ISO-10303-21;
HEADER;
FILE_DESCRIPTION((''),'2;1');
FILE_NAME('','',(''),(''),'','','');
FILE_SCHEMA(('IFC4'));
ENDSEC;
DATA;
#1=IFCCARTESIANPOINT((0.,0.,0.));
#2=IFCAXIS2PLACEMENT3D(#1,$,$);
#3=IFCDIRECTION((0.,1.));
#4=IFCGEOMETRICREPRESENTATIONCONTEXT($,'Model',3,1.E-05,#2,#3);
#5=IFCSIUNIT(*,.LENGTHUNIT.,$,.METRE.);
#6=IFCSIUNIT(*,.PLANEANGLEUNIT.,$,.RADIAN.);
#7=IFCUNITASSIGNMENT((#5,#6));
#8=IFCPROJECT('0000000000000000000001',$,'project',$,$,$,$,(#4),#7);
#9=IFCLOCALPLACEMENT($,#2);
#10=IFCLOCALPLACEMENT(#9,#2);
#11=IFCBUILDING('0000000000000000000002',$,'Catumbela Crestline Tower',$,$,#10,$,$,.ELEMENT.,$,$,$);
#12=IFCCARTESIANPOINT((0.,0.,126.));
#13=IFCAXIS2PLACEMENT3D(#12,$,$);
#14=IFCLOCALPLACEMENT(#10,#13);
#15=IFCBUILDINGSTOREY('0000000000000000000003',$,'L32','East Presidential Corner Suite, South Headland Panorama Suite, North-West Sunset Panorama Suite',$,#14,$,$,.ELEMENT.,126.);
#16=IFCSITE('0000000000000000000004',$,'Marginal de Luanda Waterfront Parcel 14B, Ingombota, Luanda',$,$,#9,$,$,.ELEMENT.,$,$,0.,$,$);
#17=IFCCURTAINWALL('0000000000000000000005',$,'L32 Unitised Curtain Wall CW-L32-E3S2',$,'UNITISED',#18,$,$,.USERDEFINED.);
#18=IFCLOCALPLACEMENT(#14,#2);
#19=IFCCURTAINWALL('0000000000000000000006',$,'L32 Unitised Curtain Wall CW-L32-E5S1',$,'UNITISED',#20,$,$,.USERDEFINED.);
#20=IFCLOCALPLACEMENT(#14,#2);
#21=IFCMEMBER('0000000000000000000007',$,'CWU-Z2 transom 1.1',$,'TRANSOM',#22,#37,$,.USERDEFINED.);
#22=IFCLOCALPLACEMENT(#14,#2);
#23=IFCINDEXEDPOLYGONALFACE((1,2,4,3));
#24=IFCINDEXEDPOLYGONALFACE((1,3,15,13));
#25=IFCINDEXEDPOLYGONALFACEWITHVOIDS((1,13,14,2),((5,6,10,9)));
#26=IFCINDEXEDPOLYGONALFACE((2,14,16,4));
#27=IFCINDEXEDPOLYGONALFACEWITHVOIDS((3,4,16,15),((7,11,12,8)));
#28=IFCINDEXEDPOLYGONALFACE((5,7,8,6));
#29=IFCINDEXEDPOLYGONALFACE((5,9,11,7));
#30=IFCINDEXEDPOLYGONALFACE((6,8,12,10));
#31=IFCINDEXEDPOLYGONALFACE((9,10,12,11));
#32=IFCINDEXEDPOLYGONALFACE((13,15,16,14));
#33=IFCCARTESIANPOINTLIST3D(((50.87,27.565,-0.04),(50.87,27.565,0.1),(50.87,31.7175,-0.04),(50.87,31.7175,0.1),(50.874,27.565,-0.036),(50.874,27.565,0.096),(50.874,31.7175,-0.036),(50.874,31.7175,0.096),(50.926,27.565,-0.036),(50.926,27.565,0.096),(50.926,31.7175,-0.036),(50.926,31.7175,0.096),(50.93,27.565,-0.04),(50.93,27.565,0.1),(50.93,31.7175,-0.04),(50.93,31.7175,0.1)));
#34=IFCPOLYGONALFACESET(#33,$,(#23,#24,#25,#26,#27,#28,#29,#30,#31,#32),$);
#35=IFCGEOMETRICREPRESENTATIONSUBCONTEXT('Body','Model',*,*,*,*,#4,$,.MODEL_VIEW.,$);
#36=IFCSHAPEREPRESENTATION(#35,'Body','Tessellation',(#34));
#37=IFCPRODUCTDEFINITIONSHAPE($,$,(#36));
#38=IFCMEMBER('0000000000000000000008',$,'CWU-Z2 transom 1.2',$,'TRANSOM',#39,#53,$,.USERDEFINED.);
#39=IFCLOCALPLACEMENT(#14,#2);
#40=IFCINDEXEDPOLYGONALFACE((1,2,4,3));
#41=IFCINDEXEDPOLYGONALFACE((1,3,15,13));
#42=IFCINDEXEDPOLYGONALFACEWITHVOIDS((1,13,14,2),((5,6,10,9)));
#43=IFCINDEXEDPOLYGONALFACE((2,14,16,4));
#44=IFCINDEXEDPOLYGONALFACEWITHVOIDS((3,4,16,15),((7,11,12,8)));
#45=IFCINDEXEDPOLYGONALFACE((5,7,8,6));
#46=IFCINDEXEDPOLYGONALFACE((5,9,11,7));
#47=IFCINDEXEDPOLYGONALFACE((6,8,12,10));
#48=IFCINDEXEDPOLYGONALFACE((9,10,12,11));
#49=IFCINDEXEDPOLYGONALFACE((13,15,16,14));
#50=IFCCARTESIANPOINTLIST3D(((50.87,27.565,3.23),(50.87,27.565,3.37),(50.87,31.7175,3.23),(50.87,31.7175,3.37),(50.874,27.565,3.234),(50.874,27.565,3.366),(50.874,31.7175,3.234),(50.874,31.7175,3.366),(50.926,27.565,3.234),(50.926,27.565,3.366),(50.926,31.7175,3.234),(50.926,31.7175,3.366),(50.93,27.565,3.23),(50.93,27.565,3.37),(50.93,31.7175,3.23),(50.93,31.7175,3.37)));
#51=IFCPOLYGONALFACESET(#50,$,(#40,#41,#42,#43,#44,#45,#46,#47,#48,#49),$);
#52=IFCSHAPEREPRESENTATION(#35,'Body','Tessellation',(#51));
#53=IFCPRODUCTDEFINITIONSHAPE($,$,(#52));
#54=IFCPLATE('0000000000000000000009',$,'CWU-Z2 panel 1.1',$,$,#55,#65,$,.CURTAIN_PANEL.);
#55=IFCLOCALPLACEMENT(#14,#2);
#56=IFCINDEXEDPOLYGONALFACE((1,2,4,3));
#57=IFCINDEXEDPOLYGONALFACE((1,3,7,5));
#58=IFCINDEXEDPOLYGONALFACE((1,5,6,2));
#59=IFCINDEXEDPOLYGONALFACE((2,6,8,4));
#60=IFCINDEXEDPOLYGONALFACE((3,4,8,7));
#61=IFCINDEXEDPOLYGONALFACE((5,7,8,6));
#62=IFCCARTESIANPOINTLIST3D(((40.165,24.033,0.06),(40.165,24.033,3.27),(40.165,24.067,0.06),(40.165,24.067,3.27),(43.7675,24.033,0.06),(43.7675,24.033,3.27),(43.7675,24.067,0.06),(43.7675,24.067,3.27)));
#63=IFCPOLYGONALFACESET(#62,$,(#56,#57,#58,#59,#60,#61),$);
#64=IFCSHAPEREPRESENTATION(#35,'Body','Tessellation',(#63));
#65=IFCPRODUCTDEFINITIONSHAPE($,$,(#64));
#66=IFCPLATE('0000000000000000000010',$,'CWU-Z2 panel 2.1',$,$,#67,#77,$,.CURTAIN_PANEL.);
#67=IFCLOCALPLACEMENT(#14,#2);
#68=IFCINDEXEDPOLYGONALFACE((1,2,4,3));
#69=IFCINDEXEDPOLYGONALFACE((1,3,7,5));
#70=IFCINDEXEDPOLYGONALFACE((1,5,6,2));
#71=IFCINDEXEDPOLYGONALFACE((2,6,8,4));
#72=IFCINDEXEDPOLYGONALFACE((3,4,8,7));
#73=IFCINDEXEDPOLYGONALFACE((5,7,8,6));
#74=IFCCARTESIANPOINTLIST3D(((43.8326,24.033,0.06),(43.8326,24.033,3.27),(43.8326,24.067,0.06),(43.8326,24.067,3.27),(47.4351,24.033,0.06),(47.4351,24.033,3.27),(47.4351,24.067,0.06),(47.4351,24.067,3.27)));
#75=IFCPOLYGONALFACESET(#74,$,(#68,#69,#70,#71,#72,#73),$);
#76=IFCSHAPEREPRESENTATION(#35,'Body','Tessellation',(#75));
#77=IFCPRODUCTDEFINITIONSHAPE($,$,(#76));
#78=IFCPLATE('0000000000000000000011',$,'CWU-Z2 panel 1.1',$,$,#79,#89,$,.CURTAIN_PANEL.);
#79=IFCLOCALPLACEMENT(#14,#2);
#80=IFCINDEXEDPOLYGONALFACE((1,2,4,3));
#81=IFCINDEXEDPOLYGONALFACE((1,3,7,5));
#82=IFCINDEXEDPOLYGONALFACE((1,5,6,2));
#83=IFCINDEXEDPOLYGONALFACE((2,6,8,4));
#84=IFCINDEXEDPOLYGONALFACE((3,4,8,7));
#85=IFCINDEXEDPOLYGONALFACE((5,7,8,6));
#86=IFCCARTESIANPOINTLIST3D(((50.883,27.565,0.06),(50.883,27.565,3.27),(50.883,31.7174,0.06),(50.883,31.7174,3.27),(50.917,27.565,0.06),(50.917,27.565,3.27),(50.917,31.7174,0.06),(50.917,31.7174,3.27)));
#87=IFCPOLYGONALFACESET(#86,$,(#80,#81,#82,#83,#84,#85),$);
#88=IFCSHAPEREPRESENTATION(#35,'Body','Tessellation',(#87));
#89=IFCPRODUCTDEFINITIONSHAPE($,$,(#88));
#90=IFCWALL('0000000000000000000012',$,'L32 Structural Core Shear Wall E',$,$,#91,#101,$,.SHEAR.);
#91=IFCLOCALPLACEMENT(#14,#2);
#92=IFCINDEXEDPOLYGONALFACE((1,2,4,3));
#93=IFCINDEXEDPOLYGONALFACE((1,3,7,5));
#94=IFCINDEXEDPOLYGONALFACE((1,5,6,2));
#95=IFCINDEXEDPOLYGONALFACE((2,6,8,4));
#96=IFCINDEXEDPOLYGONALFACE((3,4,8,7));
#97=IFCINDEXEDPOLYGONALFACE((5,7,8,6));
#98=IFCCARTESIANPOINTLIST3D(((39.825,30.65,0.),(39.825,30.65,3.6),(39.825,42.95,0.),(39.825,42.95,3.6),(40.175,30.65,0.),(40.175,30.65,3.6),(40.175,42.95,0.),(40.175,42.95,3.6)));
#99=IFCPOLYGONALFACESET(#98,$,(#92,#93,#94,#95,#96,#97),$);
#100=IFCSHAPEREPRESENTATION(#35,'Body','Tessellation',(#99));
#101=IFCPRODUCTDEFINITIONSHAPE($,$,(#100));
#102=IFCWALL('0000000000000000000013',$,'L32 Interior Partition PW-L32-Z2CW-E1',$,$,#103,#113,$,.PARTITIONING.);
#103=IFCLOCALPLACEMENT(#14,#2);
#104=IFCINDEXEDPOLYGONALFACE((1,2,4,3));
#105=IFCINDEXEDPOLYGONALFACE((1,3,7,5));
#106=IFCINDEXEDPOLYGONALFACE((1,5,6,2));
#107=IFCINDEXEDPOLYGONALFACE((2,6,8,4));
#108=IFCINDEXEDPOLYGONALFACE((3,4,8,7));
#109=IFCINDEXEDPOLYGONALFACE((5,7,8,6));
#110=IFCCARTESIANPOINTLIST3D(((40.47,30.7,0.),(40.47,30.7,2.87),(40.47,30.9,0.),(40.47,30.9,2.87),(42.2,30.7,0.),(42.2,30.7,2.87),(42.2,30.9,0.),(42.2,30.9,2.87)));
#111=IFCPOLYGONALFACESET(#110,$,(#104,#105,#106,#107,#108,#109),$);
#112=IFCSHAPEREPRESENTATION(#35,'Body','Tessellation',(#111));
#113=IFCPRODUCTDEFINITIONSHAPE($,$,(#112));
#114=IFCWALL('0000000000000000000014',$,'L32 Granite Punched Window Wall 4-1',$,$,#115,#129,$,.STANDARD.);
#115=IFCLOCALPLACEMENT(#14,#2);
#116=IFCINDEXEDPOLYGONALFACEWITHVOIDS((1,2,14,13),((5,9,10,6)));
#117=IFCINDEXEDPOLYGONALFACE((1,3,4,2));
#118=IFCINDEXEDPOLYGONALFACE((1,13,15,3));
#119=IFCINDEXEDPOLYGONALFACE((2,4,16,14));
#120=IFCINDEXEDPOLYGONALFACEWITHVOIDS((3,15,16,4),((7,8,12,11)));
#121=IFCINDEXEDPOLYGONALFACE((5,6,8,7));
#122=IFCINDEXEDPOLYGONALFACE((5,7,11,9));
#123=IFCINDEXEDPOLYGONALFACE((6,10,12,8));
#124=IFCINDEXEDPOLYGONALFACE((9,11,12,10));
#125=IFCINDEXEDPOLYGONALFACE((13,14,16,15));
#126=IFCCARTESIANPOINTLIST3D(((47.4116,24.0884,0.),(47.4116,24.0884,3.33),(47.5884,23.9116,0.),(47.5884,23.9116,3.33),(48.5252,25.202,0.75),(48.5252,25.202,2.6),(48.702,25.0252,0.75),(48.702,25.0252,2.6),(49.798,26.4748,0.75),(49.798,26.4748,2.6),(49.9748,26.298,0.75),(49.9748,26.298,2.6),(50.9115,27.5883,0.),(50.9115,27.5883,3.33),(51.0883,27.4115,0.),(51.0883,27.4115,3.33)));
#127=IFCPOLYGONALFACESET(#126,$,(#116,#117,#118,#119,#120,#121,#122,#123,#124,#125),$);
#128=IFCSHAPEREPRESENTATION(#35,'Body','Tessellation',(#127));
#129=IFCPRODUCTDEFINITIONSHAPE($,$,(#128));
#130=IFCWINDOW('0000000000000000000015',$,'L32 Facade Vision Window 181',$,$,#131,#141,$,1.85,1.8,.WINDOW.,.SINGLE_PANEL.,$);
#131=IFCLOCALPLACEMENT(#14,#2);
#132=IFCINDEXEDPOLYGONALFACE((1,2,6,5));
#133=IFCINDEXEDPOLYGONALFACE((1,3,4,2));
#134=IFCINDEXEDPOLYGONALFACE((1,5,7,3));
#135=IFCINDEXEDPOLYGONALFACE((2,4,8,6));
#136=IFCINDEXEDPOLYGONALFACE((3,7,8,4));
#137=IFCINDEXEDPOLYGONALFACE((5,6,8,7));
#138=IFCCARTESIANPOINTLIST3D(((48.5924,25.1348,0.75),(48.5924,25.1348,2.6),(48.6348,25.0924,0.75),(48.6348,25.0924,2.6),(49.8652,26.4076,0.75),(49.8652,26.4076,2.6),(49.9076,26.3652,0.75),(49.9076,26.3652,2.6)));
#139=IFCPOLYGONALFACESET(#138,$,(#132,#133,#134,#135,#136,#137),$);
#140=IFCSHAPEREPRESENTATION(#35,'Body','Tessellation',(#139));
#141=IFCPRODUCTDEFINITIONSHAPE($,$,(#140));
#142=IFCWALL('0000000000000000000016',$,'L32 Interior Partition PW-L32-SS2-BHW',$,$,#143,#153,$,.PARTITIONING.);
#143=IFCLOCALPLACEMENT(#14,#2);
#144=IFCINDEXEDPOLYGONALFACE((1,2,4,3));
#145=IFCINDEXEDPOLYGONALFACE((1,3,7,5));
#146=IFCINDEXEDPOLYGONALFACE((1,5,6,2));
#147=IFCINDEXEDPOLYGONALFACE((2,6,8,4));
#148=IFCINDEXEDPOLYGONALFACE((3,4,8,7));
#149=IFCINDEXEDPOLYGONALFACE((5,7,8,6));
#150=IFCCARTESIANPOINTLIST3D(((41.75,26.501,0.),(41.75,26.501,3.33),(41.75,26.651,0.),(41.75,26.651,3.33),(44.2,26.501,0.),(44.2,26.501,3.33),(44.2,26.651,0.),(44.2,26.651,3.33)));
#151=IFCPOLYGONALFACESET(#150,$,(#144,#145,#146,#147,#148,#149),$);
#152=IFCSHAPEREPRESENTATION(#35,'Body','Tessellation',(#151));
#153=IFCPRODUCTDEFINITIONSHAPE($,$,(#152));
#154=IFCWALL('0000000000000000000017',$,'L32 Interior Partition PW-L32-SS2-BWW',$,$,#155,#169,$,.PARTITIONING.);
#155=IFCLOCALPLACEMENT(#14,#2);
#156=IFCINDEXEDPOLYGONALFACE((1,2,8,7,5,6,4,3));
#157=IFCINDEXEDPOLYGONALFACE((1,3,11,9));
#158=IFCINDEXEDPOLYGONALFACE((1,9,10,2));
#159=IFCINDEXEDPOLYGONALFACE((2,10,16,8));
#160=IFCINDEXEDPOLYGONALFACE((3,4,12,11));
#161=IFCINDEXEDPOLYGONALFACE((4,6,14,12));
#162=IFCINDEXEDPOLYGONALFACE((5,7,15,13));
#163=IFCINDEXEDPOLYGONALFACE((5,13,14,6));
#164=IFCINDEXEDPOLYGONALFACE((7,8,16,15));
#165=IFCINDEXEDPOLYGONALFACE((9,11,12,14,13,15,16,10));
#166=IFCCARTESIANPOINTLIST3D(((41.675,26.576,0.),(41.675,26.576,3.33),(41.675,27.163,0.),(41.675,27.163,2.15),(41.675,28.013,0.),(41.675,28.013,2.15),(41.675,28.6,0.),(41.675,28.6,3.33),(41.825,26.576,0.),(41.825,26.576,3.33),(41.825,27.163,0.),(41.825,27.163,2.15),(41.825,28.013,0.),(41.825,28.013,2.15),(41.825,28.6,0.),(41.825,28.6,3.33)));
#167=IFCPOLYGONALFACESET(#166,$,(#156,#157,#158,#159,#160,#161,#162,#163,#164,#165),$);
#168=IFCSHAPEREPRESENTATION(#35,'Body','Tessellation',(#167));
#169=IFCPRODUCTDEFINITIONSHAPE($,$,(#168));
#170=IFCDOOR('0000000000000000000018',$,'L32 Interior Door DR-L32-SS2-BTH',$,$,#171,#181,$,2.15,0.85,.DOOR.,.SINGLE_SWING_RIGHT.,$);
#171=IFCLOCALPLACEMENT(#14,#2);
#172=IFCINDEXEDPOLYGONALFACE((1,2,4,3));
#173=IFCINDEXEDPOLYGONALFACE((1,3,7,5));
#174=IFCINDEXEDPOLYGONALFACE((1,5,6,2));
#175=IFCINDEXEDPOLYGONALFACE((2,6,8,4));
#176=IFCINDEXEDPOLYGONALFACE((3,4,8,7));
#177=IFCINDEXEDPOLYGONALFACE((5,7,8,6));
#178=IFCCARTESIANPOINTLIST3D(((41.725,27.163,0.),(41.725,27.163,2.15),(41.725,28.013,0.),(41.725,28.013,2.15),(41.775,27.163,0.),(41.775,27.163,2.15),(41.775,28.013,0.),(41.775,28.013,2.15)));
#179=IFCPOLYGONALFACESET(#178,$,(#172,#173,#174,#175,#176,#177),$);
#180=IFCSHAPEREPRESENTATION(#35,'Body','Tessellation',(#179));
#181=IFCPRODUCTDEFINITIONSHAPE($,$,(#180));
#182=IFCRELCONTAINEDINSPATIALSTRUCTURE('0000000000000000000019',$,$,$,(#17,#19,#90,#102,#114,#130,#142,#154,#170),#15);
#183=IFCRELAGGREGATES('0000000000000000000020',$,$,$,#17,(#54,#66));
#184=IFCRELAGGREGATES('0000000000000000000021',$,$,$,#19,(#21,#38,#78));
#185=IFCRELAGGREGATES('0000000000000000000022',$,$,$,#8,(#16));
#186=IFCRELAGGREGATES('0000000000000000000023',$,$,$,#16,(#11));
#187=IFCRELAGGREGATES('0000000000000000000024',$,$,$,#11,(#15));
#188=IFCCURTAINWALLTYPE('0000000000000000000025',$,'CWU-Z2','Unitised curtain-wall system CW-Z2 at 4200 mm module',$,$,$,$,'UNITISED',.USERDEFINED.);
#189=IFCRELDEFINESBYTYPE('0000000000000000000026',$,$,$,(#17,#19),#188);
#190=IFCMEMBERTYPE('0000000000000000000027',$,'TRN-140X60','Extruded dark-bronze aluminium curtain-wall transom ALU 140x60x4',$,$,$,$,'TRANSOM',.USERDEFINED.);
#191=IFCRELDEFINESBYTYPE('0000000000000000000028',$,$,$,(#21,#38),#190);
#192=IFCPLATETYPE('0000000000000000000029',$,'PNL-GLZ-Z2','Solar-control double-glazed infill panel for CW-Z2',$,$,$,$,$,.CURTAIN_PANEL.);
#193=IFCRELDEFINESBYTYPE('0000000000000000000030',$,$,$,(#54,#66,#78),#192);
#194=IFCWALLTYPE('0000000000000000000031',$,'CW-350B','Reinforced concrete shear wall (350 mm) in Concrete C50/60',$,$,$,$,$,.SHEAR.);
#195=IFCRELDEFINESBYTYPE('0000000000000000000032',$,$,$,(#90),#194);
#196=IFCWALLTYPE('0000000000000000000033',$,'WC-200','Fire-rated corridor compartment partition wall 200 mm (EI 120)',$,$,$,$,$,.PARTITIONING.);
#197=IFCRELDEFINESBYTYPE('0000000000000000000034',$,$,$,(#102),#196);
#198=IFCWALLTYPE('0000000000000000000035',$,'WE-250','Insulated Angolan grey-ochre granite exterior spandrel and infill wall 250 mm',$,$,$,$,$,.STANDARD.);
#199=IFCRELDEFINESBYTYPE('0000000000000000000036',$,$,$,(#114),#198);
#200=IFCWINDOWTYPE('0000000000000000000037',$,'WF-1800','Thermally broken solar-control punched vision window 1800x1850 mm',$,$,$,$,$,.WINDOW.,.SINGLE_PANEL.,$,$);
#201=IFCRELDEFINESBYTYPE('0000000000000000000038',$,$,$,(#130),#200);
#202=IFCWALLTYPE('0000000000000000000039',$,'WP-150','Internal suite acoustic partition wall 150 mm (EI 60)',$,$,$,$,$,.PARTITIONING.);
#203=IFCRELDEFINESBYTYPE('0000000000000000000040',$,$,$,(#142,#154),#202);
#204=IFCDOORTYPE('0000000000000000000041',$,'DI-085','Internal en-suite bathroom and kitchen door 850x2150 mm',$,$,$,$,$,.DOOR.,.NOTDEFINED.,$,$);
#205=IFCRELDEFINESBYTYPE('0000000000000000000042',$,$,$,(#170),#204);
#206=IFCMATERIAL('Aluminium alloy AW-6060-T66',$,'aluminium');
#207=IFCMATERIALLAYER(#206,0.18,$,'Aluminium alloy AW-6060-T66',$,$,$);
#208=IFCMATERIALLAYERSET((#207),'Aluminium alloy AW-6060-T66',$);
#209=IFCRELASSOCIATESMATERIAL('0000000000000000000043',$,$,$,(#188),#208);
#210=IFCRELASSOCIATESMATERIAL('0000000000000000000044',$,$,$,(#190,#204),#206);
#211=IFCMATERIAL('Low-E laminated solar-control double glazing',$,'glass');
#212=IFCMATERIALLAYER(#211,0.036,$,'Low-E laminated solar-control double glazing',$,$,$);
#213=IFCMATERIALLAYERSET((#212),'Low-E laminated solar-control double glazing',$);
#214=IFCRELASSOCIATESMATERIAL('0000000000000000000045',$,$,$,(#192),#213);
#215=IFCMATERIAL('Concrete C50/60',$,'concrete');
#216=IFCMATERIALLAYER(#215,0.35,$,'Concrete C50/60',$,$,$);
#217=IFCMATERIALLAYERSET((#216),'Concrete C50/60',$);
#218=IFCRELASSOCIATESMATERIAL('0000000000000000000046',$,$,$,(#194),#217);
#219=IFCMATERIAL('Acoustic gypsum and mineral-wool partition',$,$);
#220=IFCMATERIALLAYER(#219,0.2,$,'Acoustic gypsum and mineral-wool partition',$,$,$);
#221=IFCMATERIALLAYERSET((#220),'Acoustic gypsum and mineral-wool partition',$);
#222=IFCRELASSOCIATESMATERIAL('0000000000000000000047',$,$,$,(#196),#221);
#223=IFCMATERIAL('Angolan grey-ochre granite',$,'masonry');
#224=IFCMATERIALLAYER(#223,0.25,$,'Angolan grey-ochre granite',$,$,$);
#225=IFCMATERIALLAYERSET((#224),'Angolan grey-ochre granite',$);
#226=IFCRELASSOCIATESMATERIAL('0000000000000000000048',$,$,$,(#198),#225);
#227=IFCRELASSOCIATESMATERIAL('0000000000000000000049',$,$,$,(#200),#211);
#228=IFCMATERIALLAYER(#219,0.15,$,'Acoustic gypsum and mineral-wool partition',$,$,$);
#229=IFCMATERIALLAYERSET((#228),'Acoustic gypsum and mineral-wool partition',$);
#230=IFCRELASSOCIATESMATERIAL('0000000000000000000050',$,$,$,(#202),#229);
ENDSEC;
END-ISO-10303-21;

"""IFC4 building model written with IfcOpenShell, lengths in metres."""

from ifc_helpers import new_model, si_unit, direction, frame, frame_2d, origin, origin_2d, place, context, subcontext, project, spatial, rectangle, hollow_rectangle, extrude, material, layer, layer_set, material_profile, profile_set, type_object, element, fill, aggregate, save


model = new_model("IFC4")

# Units and contexts
model_context = context("Model", 3, precision=1e-05, world=origin(), true_north=direction((0.0, 1.0)))
body_context = subcontext(model_context, "Body", "Model", "MODEL_VIEW")
ifc_project = project(units=[si_unit("LENGTHUNIT", "METRE"), si_unit("PLANEANGLEUNIT", "RADIAN")], contexts=[model_context])

# Site, building, storey
site_placement = place(None, origin())
site = spatial("IfcSite", under=ifc_project, at=site_placement, Name="Marginal de Luanda Waterfront Parcel 14B, Ingombota, Luanda", CompositionType="ELEMENT", RefElevation=0.0)
building_placement = place(site_placement, origin())
building = spatial("IfcBuilding", under=site, at=building_placement, Name="Catumbela Crestline Tower", CompositionType="ELEMENT")
storey_placement = place(building_placement, frame((0.0, 0.0, 126.0)))
storey = spatial("IfcBuildingStorey", under=building, at=storey_placement, Name="L32", Description="East Presidential Corner Suite, South Headland Panorama Suite, North-West Sunset Panorama Suite", CompositionType="ELEMENT", Elevation=126.0)

# Curtain wall
ifc_material_1 = material(Name="Aluminium alloy AW-6060-T66", Category="aluminium")
ifc_layer_1 = layer(ifc_material_1, 0.18, Name="Aluminium alloy AW-6060-T66")
ifc_layer_set_1 = layer_set([ifc_layer_1], Name="Aluminium alloy AW-6060-T66")
curtain_wall_type = type_object("IfcCurtainWallType", Name="CWU-Z2", Description="Unitised curtain-wall system CW-Z2 at 4200 mm module", ElementType="UNITISED", PredefinedType="USERDEFINED", material=ifc_layer_set_1)
curtain_wall_1_placement = place(storey_placement, origin())
curtain_wall_1 = element("IfcCurtainWall", 1, at=curtain_wall_1_placement, inside=storey, type_object=curtain_wall_type, Name="L32 Unitised Curtain Wall CW-L32-E3S2", ObjectType="UNITISED", PredefinedType="USERDEFINED")

# Curtain wall
curtain_wall_2_placement = place(storey_placement, origin())
curtain_wall_2 = element("IfcCurtainWall", 2, at=curtain_wall_2_placement, inside=storey, type_object=curtain_wall_type, Name="L32 Unitised Curtain Wall CW-L32-E5S1", ObjectType="UNITISED", PredefinedType="USERDEFINED")

# Members
ifc_material_profile_1 = material_profile(ifc_material_1, hollow_rectangle(XDim=0.06, YDim=0.14, WallThickness=0.004, at=origin_2d()), Name="ALU 140x60x4")
ifc_profile_set_1 = profile_set([ifc_material_profile_1], Name="Aluminium alloy AW-6060-T66")
member_type_1 = type_object("IfcMemberType", Name="TRN-140X60", Description="Extruded dark-bronze aluminium curtain-wall transom ALU 140x60x4", ElementType="TRANSOM", PredefinedType="USERDEFINED", material=ifc_profile_set_1)
member_1_placement = place(storey_placement, frame((50.9, 27.565, 0.03), z_axis=(0.0, 1.0, 0.0), x_axis=(-1.0, 0.0, 0.0)))
member_1 = element("IfcMember", 3, at=member_1_placement, type_object=member_type_1, Name="CWU-Z2 transom 1.1", ObjectType="TRANSOM", PredefinedType="USERDEFINED", context=body_context, shape_type="SweptSolid", body=[
    extrude(hollow_rectangle(XDim=0.06, YDim=0.14, WallThickness=0.004, at=origin_2d()), origin(), (0.0, 0.0, 1.0), 4.1525),
])
member_2_placement = place(storey_placement, frame((50.9, 27.565, 3.3), z_axis=(0.0, 1.0, 0.0), x_axis=(-1.0, 0.0, 0.0)))
member_2 = element("IfcMember", 4, at=member_2_placement, type_object=member_type_1, Name="CWU-Z2 transom 1.2", ObjectType="TRANSOM", PredefinedType="USERDEFINED", context=body_context, shape_type="SweptSolid", body=[
    extrude(hollow_rectangle(XDim=0.06, YDim=0.14, WallThickness=0.004, at=origin_2d()), origin(), (0.0, 0.0, 1.0), 4.1525),
])

# Plates
ifc_material_2 = material(Name="Low-E laminated solar-control double glazing", Category="glass")
ifc_layer_2 = layer(ifc_material_2, 0.036, Name="Low-E laminated solar-control double glazing")
ifc_layer_set_2 = layer_set([ifc_layer_2], Name="Low-E laminated solar-control double glazing")
plate_type = type_object("IfcPlateType", Name="PNL-GLZ-Z2", Description="Solar-control double-glazed infill panel for CW-Z2", PredefinedType="CURTAIN_PANEL", material=ifc_layer_set_2)
plate_1_placement = place(storey_placement, frame((41.9662, 24.05, 0.06), z_axis=(0.0, 0.0, 1.0), x_axis=(1.0, 0.0, 0.0)))
plate_1 = element("IfcPlate", 5, at=plate_1_placement, type_object=plate_type, Name="CWU-Z2 panel 1.1", PredefinedType="CURTAIN_PANEL", context=body_context, shape_type="SweptSolid", body=[
    extrude(rectangle(XDim=3.6025, YDim=0.034, at=origin_2d()), origin(), (0.0, 0.0, 1.0), 3.21),
])
plate_2_placement = place(storey_placement, frame((45.6338, 24.05, 0.06), z_axis=(0.0, 0.0, 1.0), x_axis=(1.0, 0.0, 0.0)))
plate_2 = element("IfcPlate", 6, at=plate_2_placement, type_object=plate_type, Name="CWU-Z2 panel 2.1", PredefinedType="CURTAIN_PANEL", context=body_context, shape_type="SweptSolid", body=[
    extrude(rectangle(XDim=3.6025, YDim=0.034, at=origin_2d()), origin(), (0.0, 0.0, 1.0), 3.21),
])
aggregate(curtain_wall_1, [plate_1, plate_2])
plate_3_placement = place(storey_placement, frame((50.9, 29.6412, 0.06), z_axis=(0.0, 0.0, 1.0), x_axis=(0.0, 1.0, 0.0)))
plate_3 = element("IfcPlate", 7, at=plate_3_placement, type_object=plate_type, Name="CWU-Z2 panel 1.1", PredefinedType="CURTAIN_PANEL", context=body_context, shape_type="SweptSolid", body=[
    extrude(rectangle(XDim=4.1525, YDim=0.034, at=origin_2d()), origin(), (0.0, 0.0, 1.0), 3.21),
])
aggregate(curtain_wall_2, [member_1, member_2, plate_3])

# Walls
ifc_material_3 = material(Name="Concrete C50/60", Category="concrete")
ifc_layer_3 = layer(ifc_material_3, 0.35, Name="Concrete C50/60")
ifc_layer_set_3 = layer_set([ifc_layer_3], Name="Concrete C50/60")
wall_type_1 = type_object("IfcWallType", Name="CW-350B", Description="Reinforced concrete shear wall (350 mm) in Concrete C50/60", PredefinedType="SHEAR", material=ifc_layer_set_3)
wall_1_placement = place(storey_placement, frame((40.0, 30.65, 0.0), z_axis=(0.0, 0.0, 1.0), x_axis=(0.0, 1.0, 0.0)))
element("IfcWall", 8, at=wall_1_placement, inside=storey, type_object=wall_type_1, Name="L32 Structural Core Shear Wall E", PredefinedType="SHEAR", context=body_context, shape_type="SweptSolid", body=[
    extrude(rectangle(XDim=12.3, YDim=0.35, at=frame_2d((6.15, 0.0))), origin(), (0.0, 0.0, 1.0), 3.6),
])
ifc_material_4 = material(Name="Acoustic gypsum and mineral-wool partition")
ifc_layer_4 = layer(ifc_material_4, 0.2, Name="Acoustic gypsum and mineral-wool partition")
ifc_layer_set_4 = layer_set([ifc_layer_4], Name="Acoustic gypsum and mineral-wool partition")
wall_type_2 = type_object("IfcWallType", Name="WC-200", Description="Fire-rated corridor compartment partition wall 200 mm (EI 120)", PredefinedType="PARTITIONING", material=ifc_layer_set_4)
wall_2_placement = place(storey_placement, frame((40.47, 30.8, 0.0), z_axis=(0.0, 0.0, 1.0), x_axis=(1.0, 0.0, 0.0)))
element("IfcWall", 9, at=wall_2_placement, inside=storey, type_object=wall_type_2, Name="L32 Interior Partition PW-L32-Z2CW-E1", PredefinedType="PARTITIONING", context=body_context, shape_type="SweptSolid", body=[
    extrude(rectangle(XDim=1.73, YDim=0.2, at=frame_2d((0.865, 0.0))), origin(), (0.0, 0.0, 1.0), 2.87),
])

# Wall, opening, window
ifc_material_5 = material(Name="Angolan grey-ochre granite", Category="masonry")
ifc_layer_5 = layer(ifc_material_5, 0.25, Name="Angolan grey-ochre granite")
ifc_layer_set_5 = layer_set([ifc_layer_5], Name="Angolan grey-ochre granite")
wall_type_3 = type_object("IfcWallType", Name="WE-250", Description="Insulated Angolan grey-ochre granite exterior spandrel and infill wall 250 mm", PredefinedType="STANDARD", material=ifc_layer_set_5)
wall_3_placement = place(storey_placement, frame((47.5, 24.0, 0.0), z_axis=(0.0, 0.0, 1.0), x_axis=(0.707107, 0.707107, 0.0)))
wall_3 = element("IfcWall", 10, at=wall_3_placement, inside=storey, type_object=wall_type_3, Name="L32 Granite Punched Window Wall 4-1", PredefinedType="STANDARD", context=body_context, shape_type="SweptSolid", body=[
    extrude(rectangle(XDim=4.9497, YDim=0.25, at=frame_2d((2.4748, 0.0))), origin(), (0.0, 0.0, 1.0), 3.33),
])
opening_1_placement = place(wall_3_placement, frame((1.5749, 0.0, 0.75)))
opening_1 = element("IfcOpeningElement", 11, at=opening_1_placement, cuts=wall_3, PredefinedType="OPENING", context=body_context, shape_type="SweptSolid", body=[
    extrude(rectangle(XDim=1.8, YDim=1.85, at=frame_2d((0.9, 0.925))), frame((0.0, 0.135, 0.0), z_axis=(0.0, -1.0, 0.0), x_axis=(1.0, 0.0, 0.0)), (0.0, 0.0, 1.0), 0.27),
])
window_type = type_object("IfcWindowType", Name="WF-1800", Description="Thermally broken solar-control punched vision window 1800x1850 mm", PartitioningType="SINGLE_PANEL", PredefinedType="WINDOW", material=ifc_material_2)
window_placement = place(opening_1_placement, origin())
window = element("IfcWindow", 12, at=window_placement, inside=storey, type_object=window_type, Name="L32 Facade Vision Window 181", OverallHeight=1.85, OverallWidth=1.8, PartitioningType="SINGLE_PANEL", PredefinedType="WINDOW", context=body_context, shape_type="SweptSolid", body=[
    extrude(rectangle(XDim=1.8, YDim=1.85, at=frame_2d((0.9, 0.925))), frame((0.0, 0.03, 0.0), z_axis=(0.0, -1.0, 0.0), x_axis=(1.0, 0.0, 0.0)), (0.0, 0.0, 1.0), 0.06),
])
fill(opening_1, window)

# Wall
ifc_layer_6 = layer(ifc_material_4, 0.15, Name="Acoustic gypsum and mineral-wool partition")
ifc_layer_set_6 = layer_set([ifc_layer_6], Name="Acoustic gypsum and mineral-wool partition")
wall_type_4 = type_object("IfcWallType", Name="WP-150", Description="Internal suite acoustic partition wall 150 mm (EI 60)", PredefinedType="PARTITIONING", material=ifc_layer_set_6)
wall_4_placement = place(storey_placement, frame((41.75, 26.576, 0.0), z_axis=(0.0, 0.0, 1.0), x_axis=(1.0, 0.0, 0.0)))
element("IfcWall", 13, at=wall_4_placement, inside=storey, type_object=wall_type_4, Name="L32 Interior Partition PW-L32-SS2-BHW", PredefinedType="PARTITIONING", context=body_context, shape_type="SweptSolid", body=[
    extrude(rectangle(XDim=2.45, YDim=0.15, at=frame_2d((1.225, 0.0))), origin(), (0.0, 0.0, 1.0), 3.33),
])

# Wall, opening, door
wall_5_placement = place(storey_placement, frame((41.75, 26.576, 0.0), z_axis=(0.0, 0.0, 1.0), x_axis=(0.0, 1.0, 0.0)))
wall_5 = element("IfcWall", 14, at=wall_5_placement, inside=storey, type_object=wall_type_4, Name="L32 Interior Partition PW-L32-SS2-BWW", PredefinedType="PARTITIONING", context=body_context, shape_type="SweptSolid", body=[
    extrude(rectangle(XDim=2.024, YDim=0.15, at=frame_2d((1.012, 0.0))), origin(), (0.0, 0.0, 1.0), 3.33),
])
opening_2_placement = place(wall_5_placement, frame((0.587, 0.0, 0.0)))
opening_2 = element("IfcOpeningElement", 15, at=opening_2_placement, cuts=wall_5, PredefinedType="OPENING", context=body_context, shape_type="SweptSolid", body=[
    extrude(rectangle(XDim=0.85, YDim=2.15, at=frame_2d((0.425, 1.075))), frame((0.0, 0.085, 0.0), z_axis=(0.0, -1.0, 0.0), x_axis=(1.0, 0.0, 0.0)), (0.0, 0.0, 1.0), 0.17),
])
door_type = type_object("IfcDoorType", Name="DI-085", Description="Internal en-suite bathroom and kitchen door 850x2150 mm", OperationType="NOTDEFINED", PredefinedType="DOOR", material=ifc_material_1)
door_placement = place(opening_2_placement, origin())
door = element("IfcDoor", 16, at=door_placement, inside=storey, type_object=door_type, Name="L32 Interior Door DR-L32-SS2-BTH", OperationType="SINGLE_SWING_RIGHT", OverallHeight=2.15, OverallWidth=0.85, PredefinedType="DOOR", context=body_context, shape_type="SweptSolid", body=[
    extrude(rectangle(XDim=0.85, YDim=2.15, at=frame_2d((0.425, 1.075))), frame((0.0, 0.025, 0.0), z_axis=(0.0, -1.0, 0.0), x_axis=(1.0, 0.0, 0.0)), (0.0, 0.0, 1.0), 0.05),
])
fill(opening_2, door)

save(model, "model.ifc")
